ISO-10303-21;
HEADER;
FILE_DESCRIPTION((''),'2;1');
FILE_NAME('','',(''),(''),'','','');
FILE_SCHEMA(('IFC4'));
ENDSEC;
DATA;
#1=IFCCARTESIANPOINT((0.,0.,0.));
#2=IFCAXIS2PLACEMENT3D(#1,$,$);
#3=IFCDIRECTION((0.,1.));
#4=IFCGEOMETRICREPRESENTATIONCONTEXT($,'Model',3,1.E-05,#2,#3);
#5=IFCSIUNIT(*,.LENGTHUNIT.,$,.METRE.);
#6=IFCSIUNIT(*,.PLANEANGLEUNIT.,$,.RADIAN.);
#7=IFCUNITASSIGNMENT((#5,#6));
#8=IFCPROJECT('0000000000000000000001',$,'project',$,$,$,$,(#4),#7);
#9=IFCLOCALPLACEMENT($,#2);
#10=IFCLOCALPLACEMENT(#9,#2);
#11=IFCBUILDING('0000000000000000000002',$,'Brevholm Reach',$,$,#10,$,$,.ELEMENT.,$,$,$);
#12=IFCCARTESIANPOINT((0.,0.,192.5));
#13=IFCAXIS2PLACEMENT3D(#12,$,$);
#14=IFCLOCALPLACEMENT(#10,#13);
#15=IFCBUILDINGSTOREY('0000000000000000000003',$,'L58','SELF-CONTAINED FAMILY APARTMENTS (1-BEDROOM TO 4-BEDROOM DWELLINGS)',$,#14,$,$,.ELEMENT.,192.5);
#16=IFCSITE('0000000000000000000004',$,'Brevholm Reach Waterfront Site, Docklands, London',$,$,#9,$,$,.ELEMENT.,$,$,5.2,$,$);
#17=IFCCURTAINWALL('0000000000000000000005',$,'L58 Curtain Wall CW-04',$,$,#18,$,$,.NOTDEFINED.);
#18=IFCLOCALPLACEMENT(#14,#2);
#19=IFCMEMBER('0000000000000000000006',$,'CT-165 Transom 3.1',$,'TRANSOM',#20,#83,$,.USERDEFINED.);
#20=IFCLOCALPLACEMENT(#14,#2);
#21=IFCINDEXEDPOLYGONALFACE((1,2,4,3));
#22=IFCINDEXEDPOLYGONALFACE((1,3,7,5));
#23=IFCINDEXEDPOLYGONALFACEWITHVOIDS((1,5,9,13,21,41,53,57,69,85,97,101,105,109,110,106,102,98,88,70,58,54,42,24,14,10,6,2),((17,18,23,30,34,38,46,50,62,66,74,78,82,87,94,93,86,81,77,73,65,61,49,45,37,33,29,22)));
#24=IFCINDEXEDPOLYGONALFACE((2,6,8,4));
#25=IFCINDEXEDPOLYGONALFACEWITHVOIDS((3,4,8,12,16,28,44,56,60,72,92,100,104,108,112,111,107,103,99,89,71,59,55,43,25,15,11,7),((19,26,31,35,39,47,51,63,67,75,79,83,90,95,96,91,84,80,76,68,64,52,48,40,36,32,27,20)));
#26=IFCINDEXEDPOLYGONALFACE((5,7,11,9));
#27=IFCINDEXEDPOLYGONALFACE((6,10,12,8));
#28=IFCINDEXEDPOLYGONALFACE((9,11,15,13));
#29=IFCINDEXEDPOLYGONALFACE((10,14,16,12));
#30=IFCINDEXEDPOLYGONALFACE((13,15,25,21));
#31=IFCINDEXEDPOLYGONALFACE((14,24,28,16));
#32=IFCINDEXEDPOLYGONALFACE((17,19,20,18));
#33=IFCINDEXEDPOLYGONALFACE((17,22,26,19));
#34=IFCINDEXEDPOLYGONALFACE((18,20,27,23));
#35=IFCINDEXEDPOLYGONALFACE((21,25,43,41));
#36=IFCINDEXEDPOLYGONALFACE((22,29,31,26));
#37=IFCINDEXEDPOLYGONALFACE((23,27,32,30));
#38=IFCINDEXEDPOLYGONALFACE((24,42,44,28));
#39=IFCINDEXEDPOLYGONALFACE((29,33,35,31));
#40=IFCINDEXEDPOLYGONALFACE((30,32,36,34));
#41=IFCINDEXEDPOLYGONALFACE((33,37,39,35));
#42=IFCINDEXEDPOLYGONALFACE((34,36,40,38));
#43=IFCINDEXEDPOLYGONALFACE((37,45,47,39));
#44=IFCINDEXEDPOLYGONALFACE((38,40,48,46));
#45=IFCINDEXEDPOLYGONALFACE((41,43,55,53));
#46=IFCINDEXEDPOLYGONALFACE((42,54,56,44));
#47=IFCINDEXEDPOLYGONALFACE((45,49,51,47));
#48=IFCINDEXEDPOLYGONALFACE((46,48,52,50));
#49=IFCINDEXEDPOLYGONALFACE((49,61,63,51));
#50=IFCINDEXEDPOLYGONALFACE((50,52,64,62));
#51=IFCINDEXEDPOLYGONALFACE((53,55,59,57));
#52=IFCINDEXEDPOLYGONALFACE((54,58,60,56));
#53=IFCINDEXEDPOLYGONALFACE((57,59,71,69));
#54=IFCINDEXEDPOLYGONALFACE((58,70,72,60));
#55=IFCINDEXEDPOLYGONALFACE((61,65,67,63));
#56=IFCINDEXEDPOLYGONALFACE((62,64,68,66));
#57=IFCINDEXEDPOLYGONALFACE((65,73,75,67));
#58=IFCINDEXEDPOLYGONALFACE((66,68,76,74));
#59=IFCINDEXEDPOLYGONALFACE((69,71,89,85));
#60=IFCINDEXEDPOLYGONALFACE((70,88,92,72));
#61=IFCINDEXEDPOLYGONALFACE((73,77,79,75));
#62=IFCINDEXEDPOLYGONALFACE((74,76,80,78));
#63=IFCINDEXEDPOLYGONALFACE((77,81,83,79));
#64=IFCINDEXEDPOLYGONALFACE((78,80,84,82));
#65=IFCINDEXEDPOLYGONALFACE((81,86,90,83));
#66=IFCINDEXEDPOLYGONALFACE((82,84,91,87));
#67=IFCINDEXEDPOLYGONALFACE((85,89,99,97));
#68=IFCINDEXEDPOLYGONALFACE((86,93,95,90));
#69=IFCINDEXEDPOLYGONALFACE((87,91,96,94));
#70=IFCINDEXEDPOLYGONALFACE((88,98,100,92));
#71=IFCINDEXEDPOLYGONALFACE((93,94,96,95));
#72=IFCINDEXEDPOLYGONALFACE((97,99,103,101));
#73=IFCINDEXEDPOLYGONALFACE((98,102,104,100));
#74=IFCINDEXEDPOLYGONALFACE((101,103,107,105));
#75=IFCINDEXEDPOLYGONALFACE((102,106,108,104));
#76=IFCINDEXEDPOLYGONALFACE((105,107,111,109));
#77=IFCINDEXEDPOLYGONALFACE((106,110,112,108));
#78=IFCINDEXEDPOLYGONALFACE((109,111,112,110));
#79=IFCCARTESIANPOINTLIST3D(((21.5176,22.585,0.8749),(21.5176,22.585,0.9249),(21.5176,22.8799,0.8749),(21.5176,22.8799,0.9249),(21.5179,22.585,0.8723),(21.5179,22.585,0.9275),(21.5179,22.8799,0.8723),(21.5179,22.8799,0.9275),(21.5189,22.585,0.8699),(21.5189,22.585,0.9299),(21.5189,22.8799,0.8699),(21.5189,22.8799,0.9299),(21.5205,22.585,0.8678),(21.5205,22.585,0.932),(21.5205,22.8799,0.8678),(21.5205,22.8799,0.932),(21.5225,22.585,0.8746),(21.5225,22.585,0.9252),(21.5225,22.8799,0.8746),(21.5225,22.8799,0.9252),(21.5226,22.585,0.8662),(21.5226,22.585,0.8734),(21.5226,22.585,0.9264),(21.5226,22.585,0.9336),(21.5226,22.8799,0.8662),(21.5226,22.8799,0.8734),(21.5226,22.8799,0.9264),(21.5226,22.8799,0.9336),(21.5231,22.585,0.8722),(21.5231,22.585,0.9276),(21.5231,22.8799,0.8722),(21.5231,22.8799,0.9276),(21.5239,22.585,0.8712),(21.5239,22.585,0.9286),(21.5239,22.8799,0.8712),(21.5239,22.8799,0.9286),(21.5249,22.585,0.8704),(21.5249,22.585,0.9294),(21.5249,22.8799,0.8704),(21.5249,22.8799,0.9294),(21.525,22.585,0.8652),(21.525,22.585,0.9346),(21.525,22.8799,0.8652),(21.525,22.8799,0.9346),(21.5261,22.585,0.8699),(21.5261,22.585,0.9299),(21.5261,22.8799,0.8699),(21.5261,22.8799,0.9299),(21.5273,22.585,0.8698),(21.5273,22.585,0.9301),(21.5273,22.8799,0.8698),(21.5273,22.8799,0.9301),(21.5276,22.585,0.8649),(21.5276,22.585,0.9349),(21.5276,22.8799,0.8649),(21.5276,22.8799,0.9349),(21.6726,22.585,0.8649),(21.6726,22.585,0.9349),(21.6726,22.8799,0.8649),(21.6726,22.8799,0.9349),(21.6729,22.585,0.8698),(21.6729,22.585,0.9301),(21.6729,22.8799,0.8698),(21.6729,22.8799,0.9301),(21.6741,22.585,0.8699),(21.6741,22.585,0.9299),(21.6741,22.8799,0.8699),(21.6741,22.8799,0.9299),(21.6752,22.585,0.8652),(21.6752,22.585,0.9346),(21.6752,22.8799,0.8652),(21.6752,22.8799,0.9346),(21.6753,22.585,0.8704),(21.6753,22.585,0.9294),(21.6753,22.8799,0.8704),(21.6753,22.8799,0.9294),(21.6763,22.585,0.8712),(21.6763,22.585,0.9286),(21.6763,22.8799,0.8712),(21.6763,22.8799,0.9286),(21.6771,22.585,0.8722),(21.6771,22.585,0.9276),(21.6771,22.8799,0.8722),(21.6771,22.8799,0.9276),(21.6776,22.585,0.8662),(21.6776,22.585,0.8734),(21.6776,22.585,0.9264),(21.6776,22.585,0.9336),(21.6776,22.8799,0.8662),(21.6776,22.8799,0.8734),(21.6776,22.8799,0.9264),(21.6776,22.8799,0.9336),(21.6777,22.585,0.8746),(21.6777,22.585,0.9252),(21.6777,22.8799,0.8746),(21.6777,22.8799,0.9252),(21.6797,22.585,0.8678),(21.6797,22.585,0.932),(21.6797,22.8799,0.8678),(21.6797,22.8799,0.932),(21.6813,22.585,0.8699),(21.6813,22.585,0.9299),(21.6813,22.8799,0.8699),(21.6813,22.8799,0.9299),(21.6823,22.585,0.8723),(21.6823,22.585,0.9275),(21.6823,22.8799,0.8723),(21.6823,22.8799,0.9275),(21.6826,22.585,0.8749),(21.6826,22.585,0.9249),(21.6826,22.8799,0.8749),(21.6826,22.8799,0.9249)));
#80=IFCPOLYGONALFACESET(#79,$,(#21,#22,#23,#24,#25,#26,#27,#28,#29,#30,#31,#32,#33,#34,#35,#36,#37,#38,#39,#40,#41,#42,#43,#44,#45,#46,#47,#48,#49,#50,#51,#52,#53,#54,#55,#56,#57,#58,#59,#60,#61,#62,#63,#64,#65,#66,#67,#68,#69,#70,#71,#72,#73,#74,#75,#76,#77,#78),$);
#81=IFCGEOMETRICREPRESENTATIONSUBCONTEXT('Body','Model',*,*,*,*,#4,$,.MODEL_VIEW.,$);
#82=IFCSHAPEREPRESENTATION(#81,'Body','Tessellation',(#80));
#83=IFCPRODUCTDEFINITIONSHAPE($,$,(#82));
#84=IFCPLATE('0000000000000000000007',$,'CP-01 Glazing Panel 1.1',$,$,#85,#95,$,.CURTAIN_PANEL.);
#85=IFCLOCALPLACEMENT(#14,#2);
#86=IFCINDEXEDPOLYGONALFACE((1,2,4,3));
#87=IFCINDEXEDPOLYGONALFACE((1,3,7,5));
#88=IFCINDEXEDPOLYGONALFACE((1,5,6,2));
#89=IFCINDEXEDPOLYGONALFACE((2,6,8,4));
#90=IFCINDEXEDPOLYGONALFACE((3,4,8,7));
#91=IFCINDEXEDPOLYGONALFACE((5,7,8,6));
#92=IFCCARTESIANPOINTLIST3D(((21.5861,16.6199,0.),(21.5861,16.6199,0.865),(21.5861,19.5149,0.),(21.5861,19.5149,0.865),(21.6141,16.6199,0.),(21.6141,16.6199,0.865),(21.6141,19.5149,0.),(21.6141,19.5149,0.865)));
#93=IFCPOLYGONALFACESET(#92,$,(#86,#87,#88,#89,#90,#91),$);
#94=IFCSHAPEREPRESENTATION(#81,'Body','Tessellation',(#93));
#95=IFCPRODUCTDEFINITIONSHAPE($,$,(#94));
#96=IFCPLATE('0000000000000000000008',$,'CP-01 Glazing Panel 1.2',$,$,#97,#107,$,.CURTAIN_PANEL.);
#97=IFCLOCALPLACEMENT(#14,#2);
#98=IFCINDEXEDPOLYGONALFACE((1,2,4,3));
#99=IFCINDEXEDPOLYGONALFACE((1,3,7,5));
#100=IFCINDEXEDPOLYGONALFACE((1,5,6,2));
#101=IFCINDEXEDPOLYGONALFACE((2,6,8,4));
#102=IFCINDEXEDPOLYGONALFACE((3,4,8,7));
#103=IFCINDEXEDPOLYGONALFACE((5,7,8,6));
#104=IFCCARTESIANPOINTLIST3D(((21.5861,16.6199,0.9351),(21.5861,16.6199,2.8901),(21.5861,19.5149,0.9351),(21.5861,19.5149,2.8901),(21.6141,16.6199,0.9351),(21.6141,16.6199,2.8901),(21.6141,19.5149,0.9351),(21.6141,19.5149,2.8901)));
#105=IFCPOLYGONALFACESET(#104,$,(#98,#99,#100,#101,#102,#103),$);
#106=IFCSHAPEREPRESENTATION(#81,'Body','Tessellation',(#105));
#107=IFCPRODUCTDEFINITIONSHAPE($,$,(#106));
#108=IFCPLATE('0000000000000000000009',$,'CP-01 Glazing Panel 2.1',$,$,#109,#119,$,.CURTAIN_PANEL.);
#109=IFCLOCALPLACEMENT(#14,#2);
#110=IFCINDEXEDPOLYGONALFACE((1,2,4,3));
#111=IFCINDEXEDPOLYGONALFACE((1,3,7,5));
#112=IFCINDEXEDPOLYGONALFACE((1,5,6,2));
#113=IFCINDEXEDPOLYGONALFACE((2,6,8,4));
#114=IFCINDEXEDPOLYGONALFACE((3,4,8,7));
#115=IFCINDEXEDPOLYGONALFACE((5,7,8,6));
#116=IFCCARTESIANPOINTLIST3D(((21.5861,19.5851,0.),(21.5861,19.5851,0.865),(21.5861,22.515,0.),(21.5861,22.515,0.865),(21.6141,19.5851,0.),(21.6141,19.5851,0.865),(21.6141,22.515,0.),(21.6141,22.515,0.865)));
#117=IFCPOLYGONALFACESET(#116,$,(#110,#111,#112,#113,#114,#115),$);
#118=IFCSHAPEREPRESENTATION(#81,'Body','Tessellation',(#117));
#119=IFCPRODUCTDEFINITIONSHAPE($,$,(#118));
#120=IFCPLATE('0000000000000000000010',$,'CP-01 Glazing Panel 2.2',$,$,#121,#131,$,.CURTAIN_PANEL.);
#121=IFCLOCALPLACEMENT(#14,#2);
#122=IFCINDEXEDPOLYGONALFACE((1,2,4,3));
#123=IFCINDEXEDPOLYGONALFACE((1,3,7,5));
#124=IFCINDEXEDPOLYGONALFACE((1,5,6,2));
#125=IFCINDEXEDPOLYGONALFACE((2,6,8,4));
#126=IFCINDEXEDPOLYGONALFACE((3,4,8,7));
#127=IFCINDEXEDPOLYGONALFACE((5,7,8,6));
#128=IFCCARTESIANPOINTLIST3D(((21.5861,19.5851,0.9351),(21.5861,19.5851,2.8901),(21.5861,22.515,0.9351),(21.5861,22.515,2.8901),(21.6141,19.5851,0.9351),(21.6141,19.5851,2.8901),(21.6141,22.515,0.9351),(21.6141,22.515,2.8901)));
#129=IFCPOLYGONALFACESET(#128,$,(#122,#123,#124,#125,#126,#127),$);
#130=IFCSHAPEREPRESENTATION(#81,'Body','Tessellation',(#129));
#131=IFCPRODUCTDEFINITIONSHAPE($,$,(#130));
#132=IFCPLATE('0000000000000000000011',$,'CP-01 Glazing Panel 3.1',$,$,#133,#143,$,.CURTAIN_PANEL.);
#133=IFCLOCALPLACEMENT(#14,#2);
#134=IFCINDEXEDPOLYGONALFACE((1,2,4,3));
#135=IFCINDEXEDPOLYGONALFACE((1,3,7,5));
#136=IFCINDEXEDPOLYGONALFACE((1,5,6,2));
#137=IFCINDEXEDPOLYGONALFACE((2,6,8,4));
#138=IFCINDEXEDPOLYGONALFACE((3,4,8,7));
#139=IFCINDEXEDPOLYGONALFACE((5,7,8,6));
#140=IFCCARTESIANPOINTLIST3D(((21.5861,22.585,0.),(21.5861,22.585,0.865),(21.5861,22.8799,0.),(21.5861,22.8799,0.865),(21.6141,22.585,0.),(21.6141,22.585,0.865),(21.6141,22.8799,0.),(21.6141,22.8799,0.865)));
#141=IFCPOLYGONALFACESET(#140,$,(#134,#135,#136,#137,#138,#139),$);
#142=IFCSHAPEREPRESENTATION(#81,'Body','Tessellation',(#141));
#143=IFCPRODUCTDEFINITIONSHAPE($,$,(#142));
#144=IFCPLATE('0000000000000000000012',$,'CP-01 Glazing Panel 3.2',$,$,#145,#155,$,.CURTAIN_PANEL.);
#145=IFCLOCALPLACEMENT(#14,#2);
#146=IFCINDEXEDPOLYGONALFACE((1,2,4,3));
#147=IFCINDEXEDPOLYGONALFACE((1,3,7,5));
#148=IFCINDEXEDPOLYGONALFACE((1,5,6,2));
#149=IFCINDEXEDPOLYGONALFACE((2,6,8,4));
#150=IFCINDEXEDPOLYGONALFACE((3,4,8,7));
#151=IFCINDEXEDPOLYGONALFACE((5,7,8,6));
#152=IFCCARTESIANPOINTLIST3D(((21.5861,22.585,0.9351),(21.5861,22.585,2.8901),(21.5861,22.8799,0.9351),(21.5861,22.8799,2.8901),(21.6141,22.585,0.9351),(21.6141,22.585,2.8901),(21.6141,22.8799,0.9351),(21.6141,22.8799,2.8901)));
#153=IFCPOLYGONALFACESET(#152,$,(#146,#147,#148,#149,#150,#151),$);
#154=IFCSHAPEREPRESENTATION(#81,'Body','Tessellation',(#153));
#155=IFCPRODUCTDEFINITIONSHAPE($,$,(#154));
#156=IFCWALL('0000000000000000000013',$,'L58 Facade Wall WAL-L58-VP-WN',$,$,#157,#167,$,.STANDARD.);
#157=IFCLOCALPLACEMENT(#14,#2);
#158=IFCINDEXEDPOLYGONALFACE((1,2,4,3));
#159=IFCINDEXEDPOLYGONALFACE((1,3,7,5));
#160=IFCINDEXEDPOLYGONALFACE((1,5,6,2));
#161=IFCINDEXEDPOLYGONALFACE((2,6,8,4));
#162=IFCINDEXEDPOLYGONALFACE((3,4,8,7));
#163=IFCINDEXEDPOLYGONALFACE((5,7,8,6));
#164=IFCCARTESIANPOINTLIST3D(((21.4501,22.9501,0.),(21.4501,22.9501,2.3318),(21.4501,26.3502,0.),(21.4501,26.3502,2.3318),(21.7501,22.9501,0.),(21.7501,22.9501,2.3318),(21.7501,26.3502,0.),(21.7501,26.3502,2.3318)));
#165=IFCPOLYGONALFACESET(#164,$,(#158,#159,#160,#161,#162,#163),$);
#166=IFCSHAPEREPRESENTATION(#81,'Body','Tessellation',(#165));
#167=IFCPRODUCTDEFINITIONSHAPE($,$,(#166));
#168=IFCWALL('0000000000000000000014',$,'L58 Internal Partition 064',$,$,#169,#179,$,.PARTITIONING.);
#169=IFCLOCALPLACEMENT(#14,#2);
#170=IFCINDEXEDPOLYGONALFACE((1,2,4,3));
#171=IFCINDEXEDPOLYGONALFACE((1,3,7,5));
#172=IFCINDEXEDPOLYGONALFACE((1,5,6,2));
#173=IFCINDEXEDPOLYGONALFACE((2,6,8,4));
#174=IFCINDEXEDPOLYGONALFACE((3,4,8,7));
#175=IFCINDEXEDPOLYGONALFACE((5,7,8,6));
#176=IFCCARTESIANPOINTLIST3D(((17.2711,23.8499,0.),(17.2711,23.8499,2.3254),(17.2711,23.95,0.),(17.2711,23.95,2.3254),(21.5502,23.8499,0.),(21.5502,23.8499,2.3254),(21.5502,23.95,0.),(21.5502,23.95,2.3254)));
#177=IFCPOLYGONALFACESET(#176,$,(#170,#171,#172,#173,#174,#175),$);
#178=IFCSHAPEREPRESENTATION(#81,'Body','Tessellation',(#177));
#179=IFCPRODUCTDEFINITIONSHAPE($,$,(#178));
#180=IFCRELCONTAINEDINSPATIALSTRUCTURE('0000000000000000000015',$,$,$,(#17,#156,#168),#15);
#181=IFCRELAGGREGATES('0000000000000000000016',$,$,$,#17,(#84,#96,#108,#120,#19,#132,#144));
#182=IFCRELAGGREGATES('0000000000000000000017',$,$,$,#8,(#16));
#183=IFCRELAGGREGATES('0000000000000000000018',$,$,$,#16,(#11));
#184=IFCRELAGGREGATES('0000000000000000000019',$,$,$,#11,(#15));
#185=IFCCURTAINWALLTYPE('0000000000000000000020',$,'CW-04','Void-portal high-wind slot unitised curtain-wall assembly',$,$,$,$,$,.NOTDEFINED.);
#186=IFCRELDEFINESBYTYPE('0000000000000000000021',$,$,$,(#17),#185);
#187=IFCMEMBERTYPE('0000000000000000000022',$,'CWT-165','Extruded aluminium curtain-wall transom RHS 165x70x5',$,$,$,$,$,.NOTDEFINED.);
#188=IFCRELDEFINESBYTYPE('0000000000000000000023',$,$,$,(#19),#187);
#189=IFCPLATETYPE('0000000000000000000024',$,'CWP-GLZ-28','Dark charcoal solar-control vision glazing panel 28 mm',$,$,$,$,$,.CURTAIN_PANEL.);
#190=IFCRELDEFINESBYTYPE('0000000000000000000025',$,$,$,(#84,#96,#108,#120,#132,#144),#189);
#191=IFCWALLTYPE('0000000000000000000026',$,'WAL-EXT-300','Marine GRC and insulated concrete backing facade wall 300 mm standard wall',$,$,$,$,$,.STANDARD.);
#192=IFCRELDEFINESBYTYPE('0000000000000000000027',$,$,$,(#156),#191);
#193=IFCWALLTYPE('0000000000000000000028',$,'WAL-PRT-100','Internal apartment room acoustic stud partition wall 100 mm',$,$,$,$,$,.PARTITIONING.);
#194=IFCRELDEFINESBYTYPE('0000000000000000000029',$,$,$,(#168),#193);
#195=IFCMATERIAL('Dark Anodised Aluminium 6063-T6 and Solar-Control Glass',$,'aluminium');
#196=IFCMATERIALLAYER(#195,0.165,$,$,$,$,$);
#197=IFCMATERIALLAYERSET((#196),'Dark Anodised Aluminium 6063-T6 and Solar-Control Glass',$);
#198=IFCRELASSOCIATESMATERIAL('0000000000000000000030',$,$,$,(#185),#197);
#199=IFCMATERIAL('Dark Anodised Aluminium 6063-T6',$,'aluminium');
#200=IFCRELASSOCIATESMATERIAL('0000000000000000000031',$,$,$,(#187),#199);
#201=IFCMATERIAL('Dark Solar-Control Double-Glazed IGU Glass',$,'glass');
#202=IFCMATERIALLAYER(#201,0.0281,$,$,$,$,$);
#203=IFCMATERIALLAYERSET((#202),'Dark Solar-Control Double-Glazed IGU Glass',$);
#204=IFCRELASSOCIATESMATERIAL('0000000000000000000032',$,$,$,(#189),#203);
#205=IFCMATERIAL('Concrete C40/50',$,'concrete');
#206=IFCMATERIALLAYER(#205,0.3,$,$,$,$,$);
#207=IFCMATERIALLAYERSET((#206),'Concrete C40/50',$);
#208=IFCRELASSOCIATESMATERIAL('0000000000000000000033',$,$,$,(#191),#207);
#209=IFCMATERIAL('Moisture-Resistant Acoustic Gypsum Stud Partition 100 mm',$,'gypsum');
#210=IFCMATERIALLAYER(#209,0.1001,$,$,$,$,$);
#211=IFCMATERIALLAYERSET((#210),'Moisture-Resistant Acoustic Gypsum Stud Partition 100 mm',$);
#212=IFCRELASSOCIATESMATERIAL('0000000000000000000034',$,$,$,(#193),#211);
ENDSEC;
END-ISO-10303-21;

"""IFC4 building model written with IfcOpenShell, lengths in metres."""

from ifc_helpers import new_model, si_unit, direction, frame, frame_2d, origin, origin_2d, place, context, subcontext, project, spatial, rectangle, hollow_rectangle, extrude, material, layer, layer_set, material_profile, profile_set, type_object, element, aggregate, save


model = new_model("IFC4")

# Units and contexts
model_context = context("Model", 3, precision=1e-05, world=origin(), true_north=direction((0.0, 1.0)))
body_context = subcontext(model_context, "Body", "Model", "MODEL_VIEW")
ifc_project = project(units=[si_unit("LENGTHUNIT", "METRE"), si_unit("PLANEANGLEUNIT", "RADIAN")], contexts=[model_context])

# Site, building, storey
site_placement = place(None, origin())
site = spatial("IfcSite", under=ifc_project, at=site_placement, Name="Brevholm Reach Waterfront Site, Docklands, London", CompositionType="ELEMENT", RefElevation=5.2)
building_placement = place(site_placement, origin())
building = spatial("IfcBuilding", under=site, at=building_placement, Name="Brevholm Reach", CompositionType="ELEMENT")
storey_placement = place(building_placement, frame((0.0, 0.0, 192.5)))
storey = spatial("IfcBuildingStorey", under=building, at=storey_placement, Name="L58", Description="SELF-CONTAINED FAMILY APARTMENTS (1-BEDROOM TO 4-BEDROOM DWELLINGS)", CompositionType="ELEMENT", Elevation=192.5)

# Curtain wall, member, plates
ifc_material_1 = material(Name="Dark Anodised Aluminium 6063-T6 and Solar-Control Glass", Category="aluminium")
ifc_layer_1 = layer(ifc_material_1, 0.165)
ifc_layer_set_1 = layer_set([ifc_layer_1], Name="Dark Anodised Aluminium 6063-T6 and Solar-Control Glass")
curtain_wall_type = type_object("IfcCurtainWallType", Name="CW-04", Description="Void-portal high-wind slot unitised curtain-wall assembly", PredefinedType="NOTDEFINED", material=ifc_layer_set_1)
curtain_wall_placement = place(storey_placement, origin())
curtain_wall = element("IfcCurtainWall", 1, at=curtain_wall_placement, inside=storey, type_object=curtain_wall_type, Name="L58 Curtain Wall CW-04", PredefinedType="NOTDEFINED")
ifc_material_2 = material(Name="Dark Anodised Aluminium 6063-T6", Category="aluminium")
ifc_material_profile_1 = material_profile(ifc_material_2, hollow_rectangle(XDim=0.0701, YDim=0.165, WallThickness=0.0049, InnerFilletRadius=0.0049, OuterFilletRadius=0.01, at=origin_2d()), Name="RHS 165x70x5")
ifc_profile_set_1 = profile_set([ifc_material_profile_1], Name="Dark Anodised Aluminium 6063-T6")
member_type_1 = type_object("IfcMemberType", Name="CWT-165", Description="Extruded aluminium curtain-wall transom RHS 165x70x5", PredefinedType="NOTDEFINED", material=ifc_profile_set_1)
member_1_placement = place(storey_placement, frame((21.6001, 22.585, 0.8999), z_axis=(0.0, 1.0, 0.0), x_axis=(0.0, 0.0, 1.0)))
member_1 = element("IfcMember", 2, at=member_1_placement, type_object=member_type_1, Name="CT-165 Transom 3.1", ObjectType="TRANSOM", PredefinedType="USERDEFINED", context=body_context, shape_type="SweptSolid", body=[
    extrude(hollow_rectangle(XDim=0.0701, YDim=0.165, WallThickness=0.0049, InnerFilletRadius=0.0049, OuterFilletRadius=0.01, at=origin_2d()), origin(), (0.0, 0.0, 1.0), 0.2949),
])
ifc_material_3 = material(Name="Dark Solar-Control Double-Glazed IGU Glass", Category="glass")
ifc_layer_2 = layer(ifc_material_3, 0.0281)
ifc_layer_set_2 = layer_set([ifc_layer_2], Name="Dark Solar-Control Double-Glazed IGU Glass")
plate_type = type_object("IfcPlateType", Name="CWP-GLZ-28", Description="Dark charcoal solar-control vision glazing panel 28 mm", PredefinedType="CURTAIN_PANEL", material=ifc_layer_set_2)
plate_1_placement = place(storey_placement, frame((21.6001, 18.0674, 0.0), z_axis=(0.0, 0.0, 1.0), x_axis=(0.0, 1.0, 0.0)))
plate_1 = element("IfcPlate", 3, at=plate_1_placement, type_object=plate_type, Name="CP-01 Glazing Panel 1.1", PredefinedType="CURTAIN_PANEL", context=body_context, shape_type="SweptSolid", body=[
    extrude(rectangle(XDim=2.895, YDim=0.0281, at=origin_2d()), origin(), (0.0, 0.0, 1.0), 0.865),
])
plate_2_placement = place(storey_placement, frame((21.6001, 18.0674, 0.9351), z_axis=(0.0, 0.0, 1.0), x_axis=(0.0, 1.0, 0.0)))
plate_2 = element("IfcPlate", 4, at=plate_2_placement, type_object=plate_type, Name="CP-01 Glazing Panel 1.2", PredefinedType="CURTAIN_PANEL", context=body_context, shape_type="SweptSolid", body=[
    extrude(rectangle(XDim=2.895, YDim=0.0281, at=origin_2d()), origin(), (0.0, 0.0, 1.0), 1.9551),
])
plate_3_placement = place(storey_placement, frame((21.6001, 21.05, 0.0), z_axis=(0.0, 0.0, 1.0), x_axis=(0.0, 1.0, 0.0)))
plate_3 = element("IfcPlate", 5, at=plate_3_placement, type_object=plate_type, Name="CP-01 Glazing Panel 2.1", PredefinedType="CURTAIN_PANEL", context=body_context, shape_type="SweptSolid", body=[
    extrude(rectangle(XDim=2.9299, YDim=0.0281, at=origin_2d()), origin(), (0.0, 0.0, 1.0), 0.865),
])
plate_4_placement = place(storey_placement, frame((21.6001, 21.05, 0.9351), z_axis=(0.0, 0.0, 1.0), x_axis=(0.0, 1.0, 0.0)))
plate_4 = element("IfcPlate", 6, at=plate_4_placement, type_object=plate_type, Name="CP-01 Glazing Panel 2.2", PredefinedType="CURTAIN_PANEL", context=body_context, shape_type="SweptSolid", body=[
    extrude(rectangle(XDim=2.9299, YDim=0.0281, at=origin_2d()), origin(), (0.0, 0.0, 1.0), 1.9551),
])
plate_5_placement = place(storey_placement, frame((21.6001, 22.7324, 0.0), z_axis=(0.0, 0.0, 1.0), x_axis=(0.0, 1.0, 0.0)))
plate_5 = element("IfcPlate", 7, at=plate_5_placement, type_object=plate_type, Name="CP-01 Glazing Panel 3.1", PredefinedType="CURTAIN_PANEL", context=body_context, shape_type="SweptSolid", body=[
    extrude(rectangle(XDim=0.2949, YDim=0.0281, at=origin_2d()), origin(), (0.0, 0.0, 1.0), 0.865),
])
plate_6_placement = place(storey_placement, frame((21.6001, 22.7324, 0.9351), z_axis=(0.0, 0.0, 1.0), x_axis=(0.0, 1.0, 0.0)))
plate_6 = element("IfcPlate", 8, at=plate_6_placement, type_object=plate_type, Name="CP-01 Glazing Panel 3.2", PredefinedType="CURTAIN_PANEL", context=body_context, shape_type="SweptSolid", body=[
    extrude(rectangle(XDim=0.2949, YDim=0.0281, at=origin_2d()), origin(), (0.0, 0.0, 1.0), 1.9551),
])
aggregate(curtain_wall, [plate_1, plate_2, plate_3, plate_4, member_1, plate_5, plate_6])

# Walls
ifc_material_4 = material(Name="Concrete C40/50", Category="concrete")
ifc_layer_3 = layer(ifc_material_4, 0.3)
ifc_layer_set_3 = layer_set([ifc_layer_3], Name="Concrete C40/50")
wall_type_1 = type_object("IfcWallType", Name="WAL-EXT-300", Description="Marine GRC and insulated concrete backing facade wall 300 mm standard wall", PredefinedType="STANDARD", material=ifc_layer_set_3)
wall_1_placement = place(storey_placement, frame((21.6001, 22.95, 0.0), z_axis=(0.0, 0.0, 1.0), x_axis=(0.0, 1.0, 0.0)))
element("IfcWall", 9, at=wall_1_placement, inside=storey, type_object=wall_type_1, Name="L58 Facade Wall WAL-L58-VP-WN", PredefinedType="STANDARD", context=body_context, shape_type="SweptSolid", body=[
    extrude(rectangle(XDim=3.4001, YDim=0.3, at=frame_2d((1.7002, 0.0))), origin(), (0.0, 0.0, 1.0), 2.3318),
])
ifc_material_5 = material(Name="Moisture-Resistant Acoustic Gypsum Stud Partition 100 mm", Category="gypsum")
ifc_layer_4 = layer(ifc_material_5, 0.1001)
ifc_layer_set_4 = layer_set([ifc_layer_4], Name="Moisture-Resistant Acoustic Gypsum Stud Partition 100 mm")
wall_type_2 = type_object("IfcWallType", Name="WAL-PRT-100", Description="Internal apartment room acoustic stud partition wall 100 mm", PredefinedType="PARTITIONING", material=ifc_layer_set_4)
wall_2_placement = place(storey_placement, frame((17.271, 23.8999, 0.0), z_axis=(0.0, 0.0, 1.0), x_axis=(1.0, 0.0, 0.0)))
element("IfcWall", 10, at=wall_2_placement, inside=storey, type_object=wall_type_2, Name="L58 Internal Partition 064", PredefinedType="PARTITIONING", context=body_context, shape_type="SweptSolid", body=[
    extrude(rectangle(XDim=4.2791, YDim=0.1001, at=frame_2d((2.1396, 0.0))), origin(), (0.0, 0.0, 1.0), 2.3254),
])

save(model, "model.ifc")
